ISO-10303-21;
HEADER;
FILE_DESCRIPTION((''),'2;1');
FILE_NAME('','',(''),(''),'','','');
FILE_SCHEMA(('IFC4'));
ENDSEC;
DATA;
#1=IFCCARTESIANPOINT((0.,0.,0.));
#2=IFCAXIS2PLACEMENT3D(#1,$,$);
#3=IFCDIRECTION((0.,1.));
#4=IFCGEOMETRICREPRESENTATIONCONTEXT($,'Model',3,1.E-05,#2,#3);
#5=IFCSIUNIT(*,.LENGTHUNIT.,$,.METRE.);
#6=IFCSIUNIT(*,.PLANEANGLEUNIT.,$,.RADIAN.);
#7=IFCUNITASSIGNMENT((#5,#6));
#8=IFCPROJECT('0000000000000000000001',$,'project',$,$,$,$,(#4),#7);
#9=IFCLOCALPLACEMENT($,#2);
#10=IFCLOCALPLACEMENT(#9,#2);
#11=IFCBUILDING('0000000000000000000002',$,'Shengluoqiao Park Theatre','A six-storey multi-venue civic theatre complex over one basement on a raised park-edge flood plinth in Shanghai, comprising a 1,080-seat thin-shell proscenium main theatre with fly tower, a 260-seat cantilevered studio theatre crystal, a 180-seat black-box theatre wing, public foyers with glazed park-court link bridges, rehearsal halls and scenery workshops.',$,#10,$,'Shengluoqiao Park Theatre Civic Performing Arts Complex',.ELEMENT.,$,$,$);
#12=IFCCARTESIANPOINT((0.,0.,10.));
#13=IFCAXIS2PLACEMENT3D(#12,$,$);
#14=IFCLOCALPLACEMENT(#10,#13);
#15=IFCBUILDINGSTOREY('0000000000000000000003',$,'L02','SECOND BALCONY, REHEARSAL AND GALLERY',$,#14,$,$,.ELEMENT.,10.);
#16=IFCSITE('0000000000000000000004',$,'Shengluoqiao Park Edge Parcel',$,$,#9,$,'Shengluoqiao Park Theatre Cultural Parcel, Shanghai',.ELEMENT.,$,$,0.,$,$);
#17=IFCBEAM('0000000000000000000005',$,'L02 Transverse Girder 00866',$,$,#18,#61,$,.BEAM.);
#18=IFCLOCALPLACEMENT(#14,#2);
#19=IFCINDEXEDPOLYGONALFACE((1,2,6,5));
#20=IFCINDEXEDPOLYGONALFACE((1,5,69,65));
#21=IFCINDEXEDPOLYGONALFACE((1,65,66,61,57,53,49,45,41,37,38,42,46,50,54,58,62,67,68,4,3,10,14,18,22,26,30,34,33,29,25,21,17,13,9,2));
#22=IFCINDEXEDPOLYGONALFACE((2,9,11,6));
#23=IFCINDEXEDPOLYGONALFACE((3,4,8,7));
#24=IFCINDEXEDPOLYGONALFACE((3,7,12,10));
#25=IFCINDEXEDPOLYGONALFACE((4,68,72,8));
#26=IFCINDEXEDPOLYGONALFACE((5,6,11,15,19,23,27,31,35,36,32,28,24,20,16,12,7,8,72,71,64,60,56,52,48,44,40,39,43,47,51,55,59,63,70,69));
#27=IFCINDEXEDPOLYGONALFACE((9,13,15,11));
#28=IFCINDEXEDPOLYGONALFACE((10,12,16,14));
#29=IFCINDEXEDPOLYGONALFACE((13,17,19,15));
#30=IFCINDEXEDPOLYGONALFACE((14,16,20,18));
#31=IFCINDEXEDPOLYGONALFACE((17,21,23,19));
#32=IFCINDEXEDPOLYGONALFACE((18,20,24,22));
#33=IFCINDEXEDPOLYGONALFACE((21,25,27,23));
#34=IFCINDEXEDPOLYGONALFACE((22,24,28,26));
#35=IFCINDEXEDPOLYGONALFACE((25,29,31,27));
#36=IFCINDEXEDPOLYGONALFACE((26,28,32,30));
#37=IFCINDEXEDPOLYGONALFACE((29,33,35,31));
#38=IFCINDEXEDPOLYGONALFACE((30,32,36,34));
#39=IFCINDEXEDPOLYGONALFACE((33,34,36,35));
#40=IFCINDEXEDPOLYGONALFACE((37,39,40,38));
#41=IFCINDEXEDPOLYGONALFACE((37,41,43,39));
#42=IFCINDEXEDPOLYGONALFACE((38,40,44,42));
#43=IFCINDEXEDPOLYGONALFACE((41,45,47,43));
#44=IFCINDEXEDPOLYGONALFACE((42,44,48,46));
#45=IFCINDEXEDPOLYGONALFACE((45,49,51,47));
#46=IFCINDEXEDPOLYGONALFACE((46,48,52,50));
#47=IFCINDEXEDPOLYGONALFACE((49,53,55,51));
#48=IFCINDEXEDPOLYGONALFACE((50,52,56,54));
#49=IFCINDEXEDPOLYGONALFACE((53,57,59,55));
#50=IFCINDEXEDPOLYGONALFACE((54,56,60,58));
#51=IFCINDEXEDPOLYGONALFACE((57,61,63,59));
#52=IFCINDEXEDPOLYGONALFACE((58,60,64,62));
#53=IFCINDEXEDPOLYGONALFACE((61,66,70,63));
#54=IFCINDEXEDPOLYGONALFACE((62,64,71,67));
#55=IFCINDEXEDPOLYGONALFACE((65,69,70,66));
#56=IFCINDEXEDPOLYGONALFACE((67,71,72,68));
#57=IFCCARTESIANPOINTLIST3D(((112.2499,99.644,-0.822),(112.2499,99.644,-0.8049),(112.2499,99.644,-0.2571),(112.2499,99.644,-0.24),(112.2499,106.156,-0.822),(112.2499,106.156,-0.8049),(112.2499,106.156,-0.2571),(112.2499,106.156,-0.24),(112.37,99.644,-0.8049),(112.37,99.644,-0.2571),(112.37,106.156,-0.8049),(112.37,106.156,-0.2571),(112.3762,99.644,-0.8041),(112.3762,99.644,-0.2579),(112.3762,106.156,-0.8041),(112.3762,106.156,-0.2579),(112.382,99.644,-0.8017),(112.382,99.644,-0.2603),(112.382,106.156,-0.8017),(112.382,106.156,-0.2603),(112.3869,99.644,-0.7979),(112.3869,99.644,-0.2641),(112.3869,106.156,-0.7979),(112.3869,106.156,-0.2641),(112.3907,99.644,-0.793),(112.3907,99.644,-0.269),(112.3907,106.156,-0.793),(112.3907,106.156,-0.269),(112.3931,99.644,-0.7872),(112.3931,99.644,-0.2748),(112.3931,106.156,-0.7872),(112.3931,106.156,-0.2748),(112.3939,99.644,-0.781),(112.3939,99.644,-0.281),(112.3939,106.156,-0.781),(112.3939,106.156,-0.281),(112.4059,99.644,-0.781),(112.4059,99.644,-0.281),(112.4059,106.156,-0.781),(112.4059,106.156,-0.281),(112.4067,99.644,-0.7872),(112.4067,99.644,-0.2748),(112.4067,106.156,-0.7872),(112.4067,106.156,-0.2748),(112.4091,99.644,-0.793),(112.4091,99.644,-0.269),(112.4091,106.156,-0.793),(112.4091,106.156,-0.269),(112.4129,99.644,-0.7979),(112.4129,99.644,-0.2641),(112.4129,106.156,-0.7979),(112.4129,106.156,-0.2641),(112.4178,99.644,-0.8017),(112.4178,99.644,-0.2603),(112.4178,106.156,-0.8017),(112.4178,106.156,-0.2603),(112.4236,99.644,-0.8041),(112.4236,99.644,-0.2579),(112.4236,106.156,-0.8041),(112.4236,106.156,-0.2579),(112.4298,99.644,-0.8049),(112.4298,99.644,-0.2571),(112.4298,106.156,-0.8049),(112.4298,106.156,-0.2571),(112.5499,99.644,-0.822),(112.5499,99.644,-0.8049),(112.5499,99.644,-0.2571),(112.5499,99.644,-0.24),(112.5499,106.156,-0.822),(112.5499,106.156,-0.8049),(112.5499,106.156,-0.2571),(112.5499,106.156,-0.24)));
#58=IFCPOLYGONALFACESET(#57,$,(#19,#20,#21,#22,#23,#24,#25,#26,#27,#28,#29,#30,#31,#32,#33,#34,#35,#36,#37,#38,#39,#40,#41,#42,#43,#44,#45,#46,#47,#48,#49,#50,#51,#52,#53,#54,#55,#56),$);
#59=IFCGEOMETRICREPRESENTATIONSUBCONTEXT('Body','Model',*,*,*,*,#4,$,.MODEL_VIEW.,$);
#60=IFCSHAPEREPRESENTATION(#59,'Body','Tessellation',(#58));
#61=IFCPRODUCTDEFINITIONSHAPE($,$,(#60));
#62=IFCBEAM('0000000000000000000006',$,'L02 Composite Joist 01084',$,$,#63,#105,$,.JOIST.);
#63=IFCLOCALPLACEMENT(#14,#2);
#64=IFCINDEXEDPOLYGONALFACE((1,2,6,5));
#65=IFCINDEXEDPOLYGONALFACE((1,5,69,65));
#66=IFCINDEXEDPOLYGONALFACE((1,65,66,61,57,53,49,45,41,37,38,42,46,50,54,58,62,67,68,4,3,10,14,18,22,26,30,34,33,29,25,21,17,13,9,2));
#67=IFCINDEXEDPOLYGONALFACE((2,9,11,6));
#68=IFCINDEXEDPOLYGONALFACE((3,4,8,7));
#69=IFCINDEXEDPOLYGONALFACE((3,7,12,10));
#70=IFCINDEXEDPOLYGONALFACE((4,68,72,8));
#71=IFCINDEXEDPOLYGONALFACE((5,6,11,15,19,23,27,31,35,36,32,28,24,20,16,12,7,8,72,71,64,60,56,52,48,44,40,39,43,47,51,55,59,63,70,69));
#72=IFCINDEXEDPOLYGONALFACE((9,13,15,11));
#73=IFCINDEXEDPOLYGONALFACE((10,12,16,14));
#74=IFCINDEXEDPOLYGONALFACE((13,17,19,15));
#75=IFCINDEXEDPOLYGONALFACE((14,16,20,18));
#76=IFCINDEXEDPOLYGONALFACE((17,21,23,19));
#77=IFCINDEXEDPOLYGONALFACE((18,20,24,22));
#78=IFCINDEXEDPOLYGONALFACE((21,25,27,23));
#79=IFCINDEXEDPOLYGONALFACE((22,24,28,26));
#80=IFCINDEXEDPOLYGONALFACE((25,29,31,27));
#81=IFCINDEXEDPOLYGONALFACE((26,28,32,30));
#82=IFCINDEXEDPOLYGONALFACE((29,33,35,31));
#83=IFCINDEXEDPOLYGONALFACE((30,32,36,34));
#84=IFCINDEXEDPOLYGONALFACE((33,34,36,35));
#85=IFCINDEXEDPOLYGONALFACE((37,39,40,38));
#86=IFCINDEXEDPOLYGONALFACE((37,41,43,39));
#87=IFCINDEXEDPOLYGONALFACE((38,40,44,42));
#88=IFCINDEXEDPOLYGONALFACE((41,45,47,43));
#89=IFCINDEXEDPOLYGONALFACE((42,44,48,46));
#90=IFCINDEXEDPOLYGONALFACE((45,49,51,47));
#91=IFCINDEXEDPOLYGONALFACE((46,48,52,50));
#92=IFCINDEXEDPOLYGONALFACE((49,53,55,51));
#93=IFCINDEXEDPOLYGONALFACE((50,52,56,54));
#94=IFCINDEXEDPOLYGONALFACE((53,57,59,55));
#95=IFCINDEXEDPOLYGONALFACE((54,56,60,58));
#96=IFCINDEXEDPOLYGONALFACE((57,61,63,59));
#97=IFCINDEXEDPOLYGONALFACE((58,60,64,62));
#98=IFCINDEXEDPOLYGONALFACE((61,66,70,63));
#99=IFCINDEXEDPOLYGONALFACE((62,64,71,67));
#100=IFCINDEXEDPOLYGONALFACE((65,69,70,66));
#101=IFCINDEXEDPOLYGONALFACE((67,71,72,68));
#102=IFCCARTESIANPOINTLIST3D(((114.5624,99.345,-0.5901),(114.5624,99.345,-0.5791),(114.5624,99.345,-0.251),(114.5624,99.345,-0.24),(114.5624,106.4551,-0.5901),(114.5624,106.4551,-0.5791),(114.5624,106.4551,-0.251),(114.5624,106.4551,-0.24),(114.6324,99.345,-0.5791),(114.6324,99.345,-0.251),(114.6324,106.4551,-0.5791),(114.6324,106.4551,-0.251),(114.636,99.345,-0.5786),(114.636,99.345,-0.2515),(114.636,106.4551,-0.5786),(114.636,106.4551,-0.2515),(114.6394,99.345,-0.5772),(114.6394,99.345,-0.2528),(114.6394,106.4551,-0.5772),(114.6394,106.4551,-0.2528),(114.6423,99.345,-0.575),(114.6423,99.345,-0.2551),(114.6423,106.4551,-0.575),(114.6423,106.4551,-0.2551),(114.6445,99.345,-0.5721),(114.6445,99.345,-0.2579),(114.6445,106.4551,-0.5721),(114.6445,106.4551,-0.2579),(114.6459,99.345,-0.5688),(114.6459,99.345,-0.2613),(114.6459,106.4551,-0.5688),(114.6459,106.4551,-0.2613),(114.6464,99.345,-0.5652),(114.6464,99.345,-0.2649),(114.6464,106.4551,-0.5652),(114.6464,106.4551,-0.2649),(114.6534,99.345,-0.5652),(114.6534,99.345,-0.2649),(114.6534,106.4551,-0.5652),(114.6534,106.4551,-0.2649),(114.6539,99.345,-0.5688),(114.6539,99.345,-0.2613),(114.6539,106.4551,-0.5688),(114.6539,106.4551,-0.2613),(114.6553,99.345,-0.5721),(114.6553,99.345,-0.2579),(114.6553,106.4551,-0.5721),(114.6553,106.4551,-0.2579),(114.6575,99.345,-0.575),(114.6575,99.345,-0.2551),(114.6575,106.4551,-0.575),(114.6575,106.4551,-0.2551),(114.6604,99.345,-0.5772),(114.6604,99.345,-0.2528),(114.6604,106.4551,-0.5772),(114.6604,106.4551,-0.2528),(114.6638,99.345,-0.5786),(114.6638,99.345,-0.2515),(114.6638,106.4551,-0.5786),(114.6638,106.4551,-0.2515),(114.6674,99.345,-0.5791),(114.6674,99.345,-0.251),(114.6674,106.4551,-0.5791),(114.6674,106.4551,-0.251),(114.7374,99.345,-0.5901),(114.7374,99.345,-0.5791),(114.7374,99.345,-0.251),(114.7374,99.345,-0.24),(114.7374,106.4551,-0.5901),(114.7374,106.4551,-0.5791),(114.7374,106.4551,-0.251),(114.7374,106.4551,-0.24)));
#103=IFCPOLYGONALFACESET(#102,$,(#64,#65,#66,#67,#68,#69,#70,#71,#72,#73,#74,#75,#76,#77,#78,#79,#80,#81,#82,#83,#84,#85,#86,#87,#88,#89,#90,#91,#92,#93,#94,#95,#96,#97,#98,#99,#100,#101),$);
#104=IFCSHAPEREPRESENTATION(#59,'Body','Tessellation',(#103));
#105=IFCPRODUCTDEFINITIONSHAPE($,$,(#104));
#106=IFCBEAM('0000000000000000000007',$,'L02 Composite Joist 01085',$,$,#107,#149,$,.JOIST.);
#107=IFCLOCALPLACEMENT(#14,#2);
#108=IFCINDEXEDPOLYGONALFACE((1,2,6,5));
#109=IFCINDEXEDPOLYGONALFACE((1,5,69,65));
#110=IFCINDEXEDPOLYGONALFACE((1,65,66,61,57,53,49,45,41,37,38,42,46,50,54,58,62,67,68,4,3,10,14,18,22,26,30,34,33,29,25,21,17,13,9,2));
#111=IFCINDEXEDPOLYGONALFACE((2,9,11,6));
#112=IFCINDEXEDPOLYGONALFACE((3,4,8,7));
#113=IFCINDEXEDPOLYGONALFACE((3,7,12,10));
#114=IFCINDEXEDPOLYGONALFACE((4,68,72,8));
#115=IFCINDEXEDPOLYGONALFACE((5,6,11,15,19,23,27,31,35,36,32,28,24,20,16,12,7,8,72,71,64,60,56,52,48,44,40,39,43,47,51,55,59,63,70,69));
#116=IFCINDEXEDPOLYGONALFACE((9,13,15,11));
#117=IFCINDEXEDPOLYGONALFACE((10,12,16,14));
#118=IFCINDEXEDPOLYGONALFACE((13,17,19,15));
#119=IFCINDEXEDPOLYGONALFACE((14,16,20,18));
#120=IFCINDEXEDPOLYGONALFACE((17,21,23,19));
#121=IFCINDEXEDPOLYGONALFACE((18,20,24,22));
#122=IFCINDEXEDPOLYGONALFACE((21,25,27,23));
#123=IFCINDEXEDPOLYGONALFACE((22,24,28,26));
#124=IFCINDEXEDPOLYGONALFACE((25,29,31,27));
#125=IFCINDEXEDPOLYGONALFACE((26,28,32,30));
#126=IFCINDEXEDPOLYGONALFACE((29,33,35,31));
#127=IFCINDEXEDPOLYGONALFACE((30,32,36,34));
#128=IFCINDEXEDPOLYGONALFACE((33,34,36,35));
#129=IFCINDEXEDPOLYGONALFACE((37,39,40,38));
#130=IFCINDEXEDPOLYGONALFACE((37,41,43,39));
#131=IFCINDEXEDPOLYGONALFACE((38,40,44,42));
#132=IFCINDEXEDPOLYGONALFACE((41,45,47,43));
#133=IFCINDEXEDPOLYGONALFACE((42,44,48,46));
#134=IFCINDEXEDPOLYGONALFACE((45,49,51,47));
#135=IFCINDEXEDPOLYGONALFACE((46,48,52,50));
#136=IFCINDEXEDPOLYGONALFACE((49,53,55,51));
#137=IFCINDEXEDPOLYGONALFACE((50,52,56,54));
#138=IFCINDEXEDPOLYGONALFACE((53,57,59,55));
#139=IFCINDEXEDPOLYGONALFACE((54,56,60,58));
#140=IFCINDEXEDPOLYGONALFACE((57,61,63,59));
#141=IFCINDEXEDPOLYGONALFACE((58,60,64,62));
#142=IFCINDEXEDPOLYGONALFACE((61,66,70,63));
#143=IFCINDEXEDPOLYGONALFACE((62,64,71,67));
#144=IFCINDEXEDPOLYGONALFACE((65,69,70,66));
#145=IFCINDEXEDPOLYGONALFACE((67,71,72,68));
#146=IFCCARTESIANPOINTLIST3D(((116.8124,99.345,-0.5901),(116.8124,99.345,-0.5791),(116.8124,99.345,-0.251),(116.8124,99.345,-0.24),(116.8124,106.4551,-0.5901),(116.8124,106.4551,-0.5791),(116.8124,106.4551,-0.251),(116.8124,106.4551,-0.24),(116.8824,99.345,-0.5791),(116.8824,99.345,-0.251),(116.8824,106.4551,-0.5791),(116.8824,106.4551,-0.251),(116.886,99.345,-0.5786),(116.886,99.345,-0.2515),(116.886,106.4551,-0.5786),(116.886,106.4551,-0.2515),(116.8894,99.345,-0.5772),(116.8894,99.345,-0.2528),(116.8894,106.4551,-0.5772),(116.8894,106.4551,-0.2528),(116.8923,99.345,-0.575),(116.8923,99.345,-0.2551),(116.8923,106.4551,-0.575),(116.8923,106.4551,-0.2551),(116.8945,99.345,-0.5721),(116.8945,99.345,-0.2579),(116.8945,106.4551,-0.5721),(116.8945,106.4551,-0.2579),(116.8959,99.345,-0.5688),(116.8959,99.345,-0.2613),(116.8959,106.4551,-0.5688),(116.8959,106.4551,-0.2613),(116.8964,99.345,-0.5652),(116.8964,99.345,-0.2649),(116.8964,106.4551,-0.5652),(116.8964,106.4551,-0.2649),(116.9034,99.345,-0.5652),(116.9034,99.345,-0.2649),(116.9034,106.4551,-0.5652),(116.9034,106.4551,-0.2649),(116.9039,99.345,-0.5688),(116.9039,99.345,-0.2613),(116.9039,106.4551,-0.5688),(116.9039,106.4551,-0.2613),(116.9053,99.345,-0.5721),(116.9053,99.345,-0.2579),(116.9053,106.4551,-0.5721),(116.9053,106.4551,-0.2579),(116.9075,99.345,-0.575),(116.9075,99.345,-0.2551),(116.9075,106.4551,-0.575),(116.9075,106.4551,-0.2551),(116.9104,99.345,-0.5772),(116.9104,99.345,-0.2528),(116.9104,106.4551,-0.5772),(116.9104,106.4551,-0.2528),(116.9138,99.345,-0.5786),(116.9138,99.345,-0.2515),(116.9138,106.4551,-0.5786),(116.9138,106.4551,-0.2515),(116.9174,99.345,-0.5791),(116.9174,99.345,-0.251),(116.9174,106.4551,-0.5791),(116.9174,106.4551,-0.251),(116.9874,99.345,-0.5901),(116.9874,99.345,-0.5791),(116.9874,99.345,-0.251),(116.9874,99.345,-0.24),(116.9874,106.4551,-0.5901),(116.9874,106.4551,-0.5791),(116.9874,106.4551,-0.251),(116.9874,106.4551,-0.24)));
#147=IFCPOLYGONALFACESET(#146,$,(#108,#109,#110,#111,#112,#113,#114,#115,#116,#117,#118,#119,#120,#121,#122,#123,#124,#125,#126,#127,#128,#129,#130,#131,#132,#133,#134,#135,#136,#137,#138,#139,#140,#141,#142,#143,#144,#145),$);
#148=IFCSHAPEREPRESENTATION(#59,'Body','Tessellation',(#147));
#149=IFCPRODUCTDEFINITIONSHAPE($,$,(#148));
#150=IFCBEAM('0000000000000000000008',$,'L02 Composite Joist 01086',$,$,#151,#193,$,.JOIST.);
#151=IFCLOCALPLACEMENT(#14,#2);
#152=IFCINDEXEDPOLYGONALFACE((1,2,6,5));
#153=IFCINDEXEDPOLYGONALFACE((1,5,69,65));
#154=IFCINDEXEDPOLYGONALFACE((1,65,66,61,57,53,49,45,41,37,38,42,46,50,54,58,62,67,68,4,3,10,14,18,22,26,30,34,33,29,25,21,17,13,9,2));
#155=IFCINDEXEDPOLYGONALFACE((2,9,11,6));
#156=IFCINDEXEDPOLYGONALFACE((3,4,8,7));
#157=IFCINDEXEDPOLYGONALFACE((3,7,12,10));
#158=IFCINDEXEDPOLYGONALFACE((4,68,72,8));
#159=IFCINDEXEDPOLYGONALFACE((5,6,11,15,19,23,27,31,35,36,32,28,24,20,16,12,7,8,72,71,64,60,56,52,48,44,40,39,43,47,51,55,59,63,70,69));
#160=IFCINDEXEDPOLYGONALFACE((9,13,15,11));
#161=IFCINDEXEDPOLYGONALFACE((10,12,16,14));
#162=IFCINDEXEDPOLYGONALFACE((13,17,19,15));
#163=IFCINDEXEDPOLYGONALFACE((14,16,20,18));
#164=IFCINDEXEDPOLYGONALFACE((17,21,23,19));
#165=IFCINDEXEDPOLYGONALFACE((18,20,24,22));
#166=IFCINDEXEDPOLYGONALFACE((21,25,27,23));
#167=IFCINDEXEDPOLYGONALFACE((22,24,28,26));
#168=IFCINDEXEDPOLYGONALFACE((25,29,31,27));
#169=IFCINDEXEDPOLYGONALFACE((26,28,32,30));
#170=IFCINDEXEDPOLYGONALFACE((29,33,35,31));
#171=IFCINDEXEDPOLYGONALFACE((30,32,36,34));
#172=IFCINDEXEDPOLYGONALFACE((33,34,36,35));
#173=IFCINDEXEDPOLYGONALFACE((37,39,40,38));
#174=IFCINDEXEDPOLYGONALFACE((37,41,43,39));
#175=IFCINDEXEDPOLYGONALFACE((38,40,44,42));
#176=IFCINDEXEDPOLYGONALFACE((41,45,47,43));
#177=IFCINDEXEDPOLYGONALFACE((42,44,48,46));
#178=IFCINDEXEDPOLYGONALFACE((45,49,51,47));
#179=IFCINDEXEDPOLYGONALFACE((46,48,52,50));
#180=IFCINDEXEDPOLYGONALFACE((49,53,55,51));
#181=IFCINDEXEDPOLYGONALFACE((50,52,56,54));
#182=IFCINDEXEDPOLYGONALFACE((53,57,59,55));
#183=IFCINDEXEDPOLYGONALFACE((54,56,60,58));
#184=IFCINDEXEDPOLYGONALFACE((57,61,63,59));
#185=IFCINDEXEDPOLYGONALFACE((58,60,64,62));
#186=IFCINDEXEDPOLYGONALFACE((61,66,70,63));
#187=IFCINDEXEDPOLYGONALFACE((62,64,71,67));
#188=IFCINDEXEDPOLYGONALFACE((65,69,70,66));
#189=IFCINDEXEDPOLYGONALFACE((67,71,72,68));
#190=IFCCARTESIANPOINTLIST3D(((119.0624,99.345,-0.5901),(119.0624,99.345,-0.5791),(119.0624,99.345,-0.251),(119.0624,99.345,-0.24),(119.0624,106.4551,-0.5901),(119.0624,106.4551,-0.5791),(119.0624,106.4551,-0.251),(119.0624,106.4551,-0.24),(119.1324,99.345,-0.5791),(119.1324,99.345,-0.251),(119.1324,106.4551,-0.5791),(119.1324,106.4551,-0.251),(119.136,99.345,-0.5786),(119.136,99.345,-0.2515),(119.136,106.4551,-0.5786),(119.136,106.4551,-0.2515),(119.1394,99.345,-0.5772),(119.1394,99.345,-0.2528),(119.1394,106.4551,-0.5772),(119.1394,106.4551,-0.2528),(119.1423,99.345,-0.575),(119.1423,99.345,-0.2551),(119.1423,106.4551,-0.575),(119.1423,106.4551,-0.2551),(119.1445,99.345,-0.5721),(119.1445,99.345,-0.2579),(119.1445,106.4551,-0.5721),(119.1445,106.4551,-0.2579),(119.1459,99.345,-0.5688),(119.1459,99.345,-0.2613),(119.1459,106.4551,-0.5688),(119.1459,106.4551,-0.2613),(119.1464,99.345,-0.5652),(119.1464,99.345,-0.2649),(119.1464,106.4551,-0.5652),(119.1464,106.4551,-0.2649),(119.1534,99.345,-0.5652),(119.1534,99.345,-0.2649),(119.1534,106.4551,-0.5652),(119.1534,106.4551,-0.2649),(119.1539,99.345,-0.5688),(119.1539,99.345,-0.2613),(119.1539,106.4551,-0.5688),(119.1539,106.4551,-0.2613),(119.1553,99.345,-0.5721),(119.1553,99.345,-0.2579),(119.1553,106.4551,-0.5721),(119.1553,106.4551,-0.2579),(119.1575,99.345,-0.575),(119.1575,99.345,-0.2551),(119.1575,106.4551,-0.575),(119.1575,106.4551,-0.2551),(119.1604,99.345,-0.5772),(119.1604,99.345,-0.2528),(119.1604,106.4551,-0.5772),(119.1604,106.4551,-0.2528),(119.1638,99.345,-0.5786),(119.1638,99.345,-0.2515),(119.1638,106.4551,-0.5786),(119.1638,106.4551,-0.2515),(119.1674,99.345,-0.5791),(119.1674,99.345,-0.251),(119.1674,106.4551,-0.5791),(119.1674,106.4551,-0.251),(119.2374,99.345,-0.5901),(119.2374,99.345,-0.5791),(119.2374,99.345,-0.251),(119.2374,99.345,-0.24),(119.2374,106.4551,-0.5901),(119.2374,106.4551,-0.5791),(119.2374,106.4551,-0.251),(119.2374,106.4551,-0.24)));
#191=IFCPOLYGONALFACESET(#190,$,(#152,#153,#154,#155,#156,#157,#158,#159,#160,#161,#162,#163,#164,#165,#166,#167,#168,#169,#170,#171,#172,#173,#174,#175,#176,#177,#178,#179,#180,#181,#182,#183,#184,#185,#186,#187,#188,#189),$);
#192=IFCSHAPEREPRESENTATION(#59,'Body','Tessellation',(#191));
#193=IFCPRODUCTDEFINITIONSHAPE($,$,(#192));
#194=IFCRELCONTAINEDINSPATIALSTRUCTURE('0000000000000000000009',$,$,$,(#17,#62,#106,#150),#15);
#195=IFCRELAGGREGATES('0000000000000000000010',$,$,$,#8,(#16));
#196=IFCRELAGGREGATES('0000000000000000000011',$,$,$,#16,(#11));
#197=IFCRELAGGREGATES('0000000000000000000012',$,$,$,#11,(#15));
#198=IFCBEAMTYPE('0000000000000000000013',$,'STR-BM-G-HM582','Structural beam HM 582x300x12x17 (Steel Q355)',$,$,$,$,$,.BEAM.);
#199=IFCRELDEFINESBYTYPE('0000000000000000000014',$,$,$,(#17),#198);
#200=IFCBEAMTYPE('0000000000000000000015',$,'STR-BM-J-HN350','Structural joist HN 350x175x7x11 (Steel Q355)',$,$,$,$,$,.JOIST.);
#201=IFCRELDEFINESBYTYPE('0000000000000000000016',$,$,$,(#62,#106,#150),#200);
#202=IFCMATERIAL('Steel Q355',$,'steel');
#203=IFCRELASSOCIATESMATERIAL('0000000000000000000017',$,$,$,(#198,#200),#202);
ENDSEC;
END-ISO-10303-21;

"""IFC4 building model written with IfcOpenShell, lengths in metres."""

from ifc_helpers import new_model, si_unit, direction, frame, origin, origin_2d, place, context, subcontext, project, spatial, i_section, extrude, material, material_profile, profile_set, type_object, element, save


model = new_model("IFC4")

# Units and contexts
model_context = context("Model", 3, precision=1e-05, world=origin(), true_north=direction((0.0, 1.0)))
body_context = subcontext(model_context, "Body", "Model", "MODEL_VIEW")
ifc_project = project(units=[si_unit("LENGTHUNIT", "METRE"), si_unit("PLANEANGLEUNIT", "RADIAN")], contexts=[model_context])

# Site, building, storey
site_placement = place(None, origin())
site = spatial("IfcSite", under=ifc_project, at=site_placement, Name="Shengluoqiao Park Edge Parcel", LongName="Shengluoqiao Park Theatre Cultural Parcel, Shanghai", CompositionType="ELEMENT", RefElevation=0.0)
building_placement = place(site_placement, origin())
building = spatial("IfcBuilding", under=site, at=building_placement, Name="Shengluoqiao Park Theatre", Description="A six-storey multi-venue civic theatre complex over one basement on a raised park-edge flood plinth in Shanghai, comprising a 1,080-seat thin-shell proscenium main theatre with fly tower, a 260-seat cantilevered studio theatre crystal, a 180-seat black-box theatre wing, public foyers with glazed park-court link bridges, rehearsal halls and scenery workshops.", LongName="Shengluoqiao Park Theatre Civic Performing Arts Complex", CompositionType="ELEMENT")
storey_placement = place(building_placement, frame((0.0, 0.0, 10.0)))
storey = spatial("IfcBuildingStorey", under=building, at=storey_placement, Name="L02", Description="SECOND BALCONY, REHEARSAL AND GALLERY", CompositionType="ELEMENT", Elevation=10.0)

# Beams
ifc_material_1 = material(Name="Steel Q355", Category="steel")
ifc_material_profile_1 = material_profile(ifc_material_1, i_section(OverallWidth=0.3, OverallDepth=0.582, WebThickness=0.012, FlangeThickness=0.0171, FilletRadius=0.0239, at=origin_2d()), Name="HM 582x300x12x17")
ifc_profile_set_1 = profile_set([ifc_material_profile_1], Name="Steel Q355")
beam_type_1 = type_object("IfcBeamType", Name="STR-BM-G-HM582", Description="Structural beam HM 582x300x12x17 (Steel Q355)", PredefinedType="BEAM", material=ifc_profile_set_1)
beam_1_placement = place(storey_placement, frame((112.3999, 99.644, -0.531), z_axis=(0.0, 1.0, 0.0), x_axis=(-1.0, 0.0, 0.0)))
element("IfcBeam", 1, at=beam_1_placement, inside=storey, type_object=beam_type_1, Name="L02 Transverse Girder 00866", PredefinedType="BEAM", context=body_context, shape_type="SweptSolid", body=[
    extrude(i_section(OverallWidth=0.3, OverallDepth=0.582, WebThickness=0.012, FlangeThickness=0.0171, FilletRadius=0.0239, at=origin_2d()), origin(), (0.0, 0.0, 1.0), 6.512),
])
ifc_material_profile_2 = material_profile(ifc_material_1, i_section(OverallWidth=0.175, OverallDepth=0.3501, WebThickness=0.0071, FlangeThickness=0.011, FilletRadius=0.0139, at=origin_2d()), Name="HN 350x175x7x11")
ifc_profile_set_2 = profile_set([ifc_material_profile_2], Name="Steel Q355")
beam_type_2 = type_object("IfcBeamType", Name="STR-BM-J-HN350", Description="Structural joist HN 350x175x7x11 (Steel Q355)", PredefinedType="JOIST", material=ifc_profile_set_2)
for number, where, z_axis, x_axis, name in (
    (2, (114.6499, 99.345, -0.415), (0.0, 1.0, 0.0), (-1.0, 0.0, 0.0), "L02 Composite Joist 01084"),
    (3, (116.8999, 99.345, -0.415), (0.0, 1.0, 0.0), (-1.0, 0.0, 0.0), "L02 Composite Joist 01085"),
    (4, (119.1499, 99.345, -0.415), (0.0, 1.0, 0.0), (-1.0, 0.0, 0.0), "L02 Composite Joist 01086"),
):
    element("IfcBeam", number, at=place(storey_placement, frame(where, z_axis=z_axis, x_axis=x_axis)), inside=storey, type_object=beam_type_2, Name=name, PredefinedType="JOIST", context=body_context, shape_type="SweptSolid", body=[
        extrude(i_section(OverallWidth=0.175, OverallDepth=0.3501, WebThickness=0.0071, FlangeThickness=0.011, FilletRadius=0.0139, at=origin_2d()), origin(), (0.0, 0.0, 1.0), 7.1101),
    ])

save(model, "model.ifc")
